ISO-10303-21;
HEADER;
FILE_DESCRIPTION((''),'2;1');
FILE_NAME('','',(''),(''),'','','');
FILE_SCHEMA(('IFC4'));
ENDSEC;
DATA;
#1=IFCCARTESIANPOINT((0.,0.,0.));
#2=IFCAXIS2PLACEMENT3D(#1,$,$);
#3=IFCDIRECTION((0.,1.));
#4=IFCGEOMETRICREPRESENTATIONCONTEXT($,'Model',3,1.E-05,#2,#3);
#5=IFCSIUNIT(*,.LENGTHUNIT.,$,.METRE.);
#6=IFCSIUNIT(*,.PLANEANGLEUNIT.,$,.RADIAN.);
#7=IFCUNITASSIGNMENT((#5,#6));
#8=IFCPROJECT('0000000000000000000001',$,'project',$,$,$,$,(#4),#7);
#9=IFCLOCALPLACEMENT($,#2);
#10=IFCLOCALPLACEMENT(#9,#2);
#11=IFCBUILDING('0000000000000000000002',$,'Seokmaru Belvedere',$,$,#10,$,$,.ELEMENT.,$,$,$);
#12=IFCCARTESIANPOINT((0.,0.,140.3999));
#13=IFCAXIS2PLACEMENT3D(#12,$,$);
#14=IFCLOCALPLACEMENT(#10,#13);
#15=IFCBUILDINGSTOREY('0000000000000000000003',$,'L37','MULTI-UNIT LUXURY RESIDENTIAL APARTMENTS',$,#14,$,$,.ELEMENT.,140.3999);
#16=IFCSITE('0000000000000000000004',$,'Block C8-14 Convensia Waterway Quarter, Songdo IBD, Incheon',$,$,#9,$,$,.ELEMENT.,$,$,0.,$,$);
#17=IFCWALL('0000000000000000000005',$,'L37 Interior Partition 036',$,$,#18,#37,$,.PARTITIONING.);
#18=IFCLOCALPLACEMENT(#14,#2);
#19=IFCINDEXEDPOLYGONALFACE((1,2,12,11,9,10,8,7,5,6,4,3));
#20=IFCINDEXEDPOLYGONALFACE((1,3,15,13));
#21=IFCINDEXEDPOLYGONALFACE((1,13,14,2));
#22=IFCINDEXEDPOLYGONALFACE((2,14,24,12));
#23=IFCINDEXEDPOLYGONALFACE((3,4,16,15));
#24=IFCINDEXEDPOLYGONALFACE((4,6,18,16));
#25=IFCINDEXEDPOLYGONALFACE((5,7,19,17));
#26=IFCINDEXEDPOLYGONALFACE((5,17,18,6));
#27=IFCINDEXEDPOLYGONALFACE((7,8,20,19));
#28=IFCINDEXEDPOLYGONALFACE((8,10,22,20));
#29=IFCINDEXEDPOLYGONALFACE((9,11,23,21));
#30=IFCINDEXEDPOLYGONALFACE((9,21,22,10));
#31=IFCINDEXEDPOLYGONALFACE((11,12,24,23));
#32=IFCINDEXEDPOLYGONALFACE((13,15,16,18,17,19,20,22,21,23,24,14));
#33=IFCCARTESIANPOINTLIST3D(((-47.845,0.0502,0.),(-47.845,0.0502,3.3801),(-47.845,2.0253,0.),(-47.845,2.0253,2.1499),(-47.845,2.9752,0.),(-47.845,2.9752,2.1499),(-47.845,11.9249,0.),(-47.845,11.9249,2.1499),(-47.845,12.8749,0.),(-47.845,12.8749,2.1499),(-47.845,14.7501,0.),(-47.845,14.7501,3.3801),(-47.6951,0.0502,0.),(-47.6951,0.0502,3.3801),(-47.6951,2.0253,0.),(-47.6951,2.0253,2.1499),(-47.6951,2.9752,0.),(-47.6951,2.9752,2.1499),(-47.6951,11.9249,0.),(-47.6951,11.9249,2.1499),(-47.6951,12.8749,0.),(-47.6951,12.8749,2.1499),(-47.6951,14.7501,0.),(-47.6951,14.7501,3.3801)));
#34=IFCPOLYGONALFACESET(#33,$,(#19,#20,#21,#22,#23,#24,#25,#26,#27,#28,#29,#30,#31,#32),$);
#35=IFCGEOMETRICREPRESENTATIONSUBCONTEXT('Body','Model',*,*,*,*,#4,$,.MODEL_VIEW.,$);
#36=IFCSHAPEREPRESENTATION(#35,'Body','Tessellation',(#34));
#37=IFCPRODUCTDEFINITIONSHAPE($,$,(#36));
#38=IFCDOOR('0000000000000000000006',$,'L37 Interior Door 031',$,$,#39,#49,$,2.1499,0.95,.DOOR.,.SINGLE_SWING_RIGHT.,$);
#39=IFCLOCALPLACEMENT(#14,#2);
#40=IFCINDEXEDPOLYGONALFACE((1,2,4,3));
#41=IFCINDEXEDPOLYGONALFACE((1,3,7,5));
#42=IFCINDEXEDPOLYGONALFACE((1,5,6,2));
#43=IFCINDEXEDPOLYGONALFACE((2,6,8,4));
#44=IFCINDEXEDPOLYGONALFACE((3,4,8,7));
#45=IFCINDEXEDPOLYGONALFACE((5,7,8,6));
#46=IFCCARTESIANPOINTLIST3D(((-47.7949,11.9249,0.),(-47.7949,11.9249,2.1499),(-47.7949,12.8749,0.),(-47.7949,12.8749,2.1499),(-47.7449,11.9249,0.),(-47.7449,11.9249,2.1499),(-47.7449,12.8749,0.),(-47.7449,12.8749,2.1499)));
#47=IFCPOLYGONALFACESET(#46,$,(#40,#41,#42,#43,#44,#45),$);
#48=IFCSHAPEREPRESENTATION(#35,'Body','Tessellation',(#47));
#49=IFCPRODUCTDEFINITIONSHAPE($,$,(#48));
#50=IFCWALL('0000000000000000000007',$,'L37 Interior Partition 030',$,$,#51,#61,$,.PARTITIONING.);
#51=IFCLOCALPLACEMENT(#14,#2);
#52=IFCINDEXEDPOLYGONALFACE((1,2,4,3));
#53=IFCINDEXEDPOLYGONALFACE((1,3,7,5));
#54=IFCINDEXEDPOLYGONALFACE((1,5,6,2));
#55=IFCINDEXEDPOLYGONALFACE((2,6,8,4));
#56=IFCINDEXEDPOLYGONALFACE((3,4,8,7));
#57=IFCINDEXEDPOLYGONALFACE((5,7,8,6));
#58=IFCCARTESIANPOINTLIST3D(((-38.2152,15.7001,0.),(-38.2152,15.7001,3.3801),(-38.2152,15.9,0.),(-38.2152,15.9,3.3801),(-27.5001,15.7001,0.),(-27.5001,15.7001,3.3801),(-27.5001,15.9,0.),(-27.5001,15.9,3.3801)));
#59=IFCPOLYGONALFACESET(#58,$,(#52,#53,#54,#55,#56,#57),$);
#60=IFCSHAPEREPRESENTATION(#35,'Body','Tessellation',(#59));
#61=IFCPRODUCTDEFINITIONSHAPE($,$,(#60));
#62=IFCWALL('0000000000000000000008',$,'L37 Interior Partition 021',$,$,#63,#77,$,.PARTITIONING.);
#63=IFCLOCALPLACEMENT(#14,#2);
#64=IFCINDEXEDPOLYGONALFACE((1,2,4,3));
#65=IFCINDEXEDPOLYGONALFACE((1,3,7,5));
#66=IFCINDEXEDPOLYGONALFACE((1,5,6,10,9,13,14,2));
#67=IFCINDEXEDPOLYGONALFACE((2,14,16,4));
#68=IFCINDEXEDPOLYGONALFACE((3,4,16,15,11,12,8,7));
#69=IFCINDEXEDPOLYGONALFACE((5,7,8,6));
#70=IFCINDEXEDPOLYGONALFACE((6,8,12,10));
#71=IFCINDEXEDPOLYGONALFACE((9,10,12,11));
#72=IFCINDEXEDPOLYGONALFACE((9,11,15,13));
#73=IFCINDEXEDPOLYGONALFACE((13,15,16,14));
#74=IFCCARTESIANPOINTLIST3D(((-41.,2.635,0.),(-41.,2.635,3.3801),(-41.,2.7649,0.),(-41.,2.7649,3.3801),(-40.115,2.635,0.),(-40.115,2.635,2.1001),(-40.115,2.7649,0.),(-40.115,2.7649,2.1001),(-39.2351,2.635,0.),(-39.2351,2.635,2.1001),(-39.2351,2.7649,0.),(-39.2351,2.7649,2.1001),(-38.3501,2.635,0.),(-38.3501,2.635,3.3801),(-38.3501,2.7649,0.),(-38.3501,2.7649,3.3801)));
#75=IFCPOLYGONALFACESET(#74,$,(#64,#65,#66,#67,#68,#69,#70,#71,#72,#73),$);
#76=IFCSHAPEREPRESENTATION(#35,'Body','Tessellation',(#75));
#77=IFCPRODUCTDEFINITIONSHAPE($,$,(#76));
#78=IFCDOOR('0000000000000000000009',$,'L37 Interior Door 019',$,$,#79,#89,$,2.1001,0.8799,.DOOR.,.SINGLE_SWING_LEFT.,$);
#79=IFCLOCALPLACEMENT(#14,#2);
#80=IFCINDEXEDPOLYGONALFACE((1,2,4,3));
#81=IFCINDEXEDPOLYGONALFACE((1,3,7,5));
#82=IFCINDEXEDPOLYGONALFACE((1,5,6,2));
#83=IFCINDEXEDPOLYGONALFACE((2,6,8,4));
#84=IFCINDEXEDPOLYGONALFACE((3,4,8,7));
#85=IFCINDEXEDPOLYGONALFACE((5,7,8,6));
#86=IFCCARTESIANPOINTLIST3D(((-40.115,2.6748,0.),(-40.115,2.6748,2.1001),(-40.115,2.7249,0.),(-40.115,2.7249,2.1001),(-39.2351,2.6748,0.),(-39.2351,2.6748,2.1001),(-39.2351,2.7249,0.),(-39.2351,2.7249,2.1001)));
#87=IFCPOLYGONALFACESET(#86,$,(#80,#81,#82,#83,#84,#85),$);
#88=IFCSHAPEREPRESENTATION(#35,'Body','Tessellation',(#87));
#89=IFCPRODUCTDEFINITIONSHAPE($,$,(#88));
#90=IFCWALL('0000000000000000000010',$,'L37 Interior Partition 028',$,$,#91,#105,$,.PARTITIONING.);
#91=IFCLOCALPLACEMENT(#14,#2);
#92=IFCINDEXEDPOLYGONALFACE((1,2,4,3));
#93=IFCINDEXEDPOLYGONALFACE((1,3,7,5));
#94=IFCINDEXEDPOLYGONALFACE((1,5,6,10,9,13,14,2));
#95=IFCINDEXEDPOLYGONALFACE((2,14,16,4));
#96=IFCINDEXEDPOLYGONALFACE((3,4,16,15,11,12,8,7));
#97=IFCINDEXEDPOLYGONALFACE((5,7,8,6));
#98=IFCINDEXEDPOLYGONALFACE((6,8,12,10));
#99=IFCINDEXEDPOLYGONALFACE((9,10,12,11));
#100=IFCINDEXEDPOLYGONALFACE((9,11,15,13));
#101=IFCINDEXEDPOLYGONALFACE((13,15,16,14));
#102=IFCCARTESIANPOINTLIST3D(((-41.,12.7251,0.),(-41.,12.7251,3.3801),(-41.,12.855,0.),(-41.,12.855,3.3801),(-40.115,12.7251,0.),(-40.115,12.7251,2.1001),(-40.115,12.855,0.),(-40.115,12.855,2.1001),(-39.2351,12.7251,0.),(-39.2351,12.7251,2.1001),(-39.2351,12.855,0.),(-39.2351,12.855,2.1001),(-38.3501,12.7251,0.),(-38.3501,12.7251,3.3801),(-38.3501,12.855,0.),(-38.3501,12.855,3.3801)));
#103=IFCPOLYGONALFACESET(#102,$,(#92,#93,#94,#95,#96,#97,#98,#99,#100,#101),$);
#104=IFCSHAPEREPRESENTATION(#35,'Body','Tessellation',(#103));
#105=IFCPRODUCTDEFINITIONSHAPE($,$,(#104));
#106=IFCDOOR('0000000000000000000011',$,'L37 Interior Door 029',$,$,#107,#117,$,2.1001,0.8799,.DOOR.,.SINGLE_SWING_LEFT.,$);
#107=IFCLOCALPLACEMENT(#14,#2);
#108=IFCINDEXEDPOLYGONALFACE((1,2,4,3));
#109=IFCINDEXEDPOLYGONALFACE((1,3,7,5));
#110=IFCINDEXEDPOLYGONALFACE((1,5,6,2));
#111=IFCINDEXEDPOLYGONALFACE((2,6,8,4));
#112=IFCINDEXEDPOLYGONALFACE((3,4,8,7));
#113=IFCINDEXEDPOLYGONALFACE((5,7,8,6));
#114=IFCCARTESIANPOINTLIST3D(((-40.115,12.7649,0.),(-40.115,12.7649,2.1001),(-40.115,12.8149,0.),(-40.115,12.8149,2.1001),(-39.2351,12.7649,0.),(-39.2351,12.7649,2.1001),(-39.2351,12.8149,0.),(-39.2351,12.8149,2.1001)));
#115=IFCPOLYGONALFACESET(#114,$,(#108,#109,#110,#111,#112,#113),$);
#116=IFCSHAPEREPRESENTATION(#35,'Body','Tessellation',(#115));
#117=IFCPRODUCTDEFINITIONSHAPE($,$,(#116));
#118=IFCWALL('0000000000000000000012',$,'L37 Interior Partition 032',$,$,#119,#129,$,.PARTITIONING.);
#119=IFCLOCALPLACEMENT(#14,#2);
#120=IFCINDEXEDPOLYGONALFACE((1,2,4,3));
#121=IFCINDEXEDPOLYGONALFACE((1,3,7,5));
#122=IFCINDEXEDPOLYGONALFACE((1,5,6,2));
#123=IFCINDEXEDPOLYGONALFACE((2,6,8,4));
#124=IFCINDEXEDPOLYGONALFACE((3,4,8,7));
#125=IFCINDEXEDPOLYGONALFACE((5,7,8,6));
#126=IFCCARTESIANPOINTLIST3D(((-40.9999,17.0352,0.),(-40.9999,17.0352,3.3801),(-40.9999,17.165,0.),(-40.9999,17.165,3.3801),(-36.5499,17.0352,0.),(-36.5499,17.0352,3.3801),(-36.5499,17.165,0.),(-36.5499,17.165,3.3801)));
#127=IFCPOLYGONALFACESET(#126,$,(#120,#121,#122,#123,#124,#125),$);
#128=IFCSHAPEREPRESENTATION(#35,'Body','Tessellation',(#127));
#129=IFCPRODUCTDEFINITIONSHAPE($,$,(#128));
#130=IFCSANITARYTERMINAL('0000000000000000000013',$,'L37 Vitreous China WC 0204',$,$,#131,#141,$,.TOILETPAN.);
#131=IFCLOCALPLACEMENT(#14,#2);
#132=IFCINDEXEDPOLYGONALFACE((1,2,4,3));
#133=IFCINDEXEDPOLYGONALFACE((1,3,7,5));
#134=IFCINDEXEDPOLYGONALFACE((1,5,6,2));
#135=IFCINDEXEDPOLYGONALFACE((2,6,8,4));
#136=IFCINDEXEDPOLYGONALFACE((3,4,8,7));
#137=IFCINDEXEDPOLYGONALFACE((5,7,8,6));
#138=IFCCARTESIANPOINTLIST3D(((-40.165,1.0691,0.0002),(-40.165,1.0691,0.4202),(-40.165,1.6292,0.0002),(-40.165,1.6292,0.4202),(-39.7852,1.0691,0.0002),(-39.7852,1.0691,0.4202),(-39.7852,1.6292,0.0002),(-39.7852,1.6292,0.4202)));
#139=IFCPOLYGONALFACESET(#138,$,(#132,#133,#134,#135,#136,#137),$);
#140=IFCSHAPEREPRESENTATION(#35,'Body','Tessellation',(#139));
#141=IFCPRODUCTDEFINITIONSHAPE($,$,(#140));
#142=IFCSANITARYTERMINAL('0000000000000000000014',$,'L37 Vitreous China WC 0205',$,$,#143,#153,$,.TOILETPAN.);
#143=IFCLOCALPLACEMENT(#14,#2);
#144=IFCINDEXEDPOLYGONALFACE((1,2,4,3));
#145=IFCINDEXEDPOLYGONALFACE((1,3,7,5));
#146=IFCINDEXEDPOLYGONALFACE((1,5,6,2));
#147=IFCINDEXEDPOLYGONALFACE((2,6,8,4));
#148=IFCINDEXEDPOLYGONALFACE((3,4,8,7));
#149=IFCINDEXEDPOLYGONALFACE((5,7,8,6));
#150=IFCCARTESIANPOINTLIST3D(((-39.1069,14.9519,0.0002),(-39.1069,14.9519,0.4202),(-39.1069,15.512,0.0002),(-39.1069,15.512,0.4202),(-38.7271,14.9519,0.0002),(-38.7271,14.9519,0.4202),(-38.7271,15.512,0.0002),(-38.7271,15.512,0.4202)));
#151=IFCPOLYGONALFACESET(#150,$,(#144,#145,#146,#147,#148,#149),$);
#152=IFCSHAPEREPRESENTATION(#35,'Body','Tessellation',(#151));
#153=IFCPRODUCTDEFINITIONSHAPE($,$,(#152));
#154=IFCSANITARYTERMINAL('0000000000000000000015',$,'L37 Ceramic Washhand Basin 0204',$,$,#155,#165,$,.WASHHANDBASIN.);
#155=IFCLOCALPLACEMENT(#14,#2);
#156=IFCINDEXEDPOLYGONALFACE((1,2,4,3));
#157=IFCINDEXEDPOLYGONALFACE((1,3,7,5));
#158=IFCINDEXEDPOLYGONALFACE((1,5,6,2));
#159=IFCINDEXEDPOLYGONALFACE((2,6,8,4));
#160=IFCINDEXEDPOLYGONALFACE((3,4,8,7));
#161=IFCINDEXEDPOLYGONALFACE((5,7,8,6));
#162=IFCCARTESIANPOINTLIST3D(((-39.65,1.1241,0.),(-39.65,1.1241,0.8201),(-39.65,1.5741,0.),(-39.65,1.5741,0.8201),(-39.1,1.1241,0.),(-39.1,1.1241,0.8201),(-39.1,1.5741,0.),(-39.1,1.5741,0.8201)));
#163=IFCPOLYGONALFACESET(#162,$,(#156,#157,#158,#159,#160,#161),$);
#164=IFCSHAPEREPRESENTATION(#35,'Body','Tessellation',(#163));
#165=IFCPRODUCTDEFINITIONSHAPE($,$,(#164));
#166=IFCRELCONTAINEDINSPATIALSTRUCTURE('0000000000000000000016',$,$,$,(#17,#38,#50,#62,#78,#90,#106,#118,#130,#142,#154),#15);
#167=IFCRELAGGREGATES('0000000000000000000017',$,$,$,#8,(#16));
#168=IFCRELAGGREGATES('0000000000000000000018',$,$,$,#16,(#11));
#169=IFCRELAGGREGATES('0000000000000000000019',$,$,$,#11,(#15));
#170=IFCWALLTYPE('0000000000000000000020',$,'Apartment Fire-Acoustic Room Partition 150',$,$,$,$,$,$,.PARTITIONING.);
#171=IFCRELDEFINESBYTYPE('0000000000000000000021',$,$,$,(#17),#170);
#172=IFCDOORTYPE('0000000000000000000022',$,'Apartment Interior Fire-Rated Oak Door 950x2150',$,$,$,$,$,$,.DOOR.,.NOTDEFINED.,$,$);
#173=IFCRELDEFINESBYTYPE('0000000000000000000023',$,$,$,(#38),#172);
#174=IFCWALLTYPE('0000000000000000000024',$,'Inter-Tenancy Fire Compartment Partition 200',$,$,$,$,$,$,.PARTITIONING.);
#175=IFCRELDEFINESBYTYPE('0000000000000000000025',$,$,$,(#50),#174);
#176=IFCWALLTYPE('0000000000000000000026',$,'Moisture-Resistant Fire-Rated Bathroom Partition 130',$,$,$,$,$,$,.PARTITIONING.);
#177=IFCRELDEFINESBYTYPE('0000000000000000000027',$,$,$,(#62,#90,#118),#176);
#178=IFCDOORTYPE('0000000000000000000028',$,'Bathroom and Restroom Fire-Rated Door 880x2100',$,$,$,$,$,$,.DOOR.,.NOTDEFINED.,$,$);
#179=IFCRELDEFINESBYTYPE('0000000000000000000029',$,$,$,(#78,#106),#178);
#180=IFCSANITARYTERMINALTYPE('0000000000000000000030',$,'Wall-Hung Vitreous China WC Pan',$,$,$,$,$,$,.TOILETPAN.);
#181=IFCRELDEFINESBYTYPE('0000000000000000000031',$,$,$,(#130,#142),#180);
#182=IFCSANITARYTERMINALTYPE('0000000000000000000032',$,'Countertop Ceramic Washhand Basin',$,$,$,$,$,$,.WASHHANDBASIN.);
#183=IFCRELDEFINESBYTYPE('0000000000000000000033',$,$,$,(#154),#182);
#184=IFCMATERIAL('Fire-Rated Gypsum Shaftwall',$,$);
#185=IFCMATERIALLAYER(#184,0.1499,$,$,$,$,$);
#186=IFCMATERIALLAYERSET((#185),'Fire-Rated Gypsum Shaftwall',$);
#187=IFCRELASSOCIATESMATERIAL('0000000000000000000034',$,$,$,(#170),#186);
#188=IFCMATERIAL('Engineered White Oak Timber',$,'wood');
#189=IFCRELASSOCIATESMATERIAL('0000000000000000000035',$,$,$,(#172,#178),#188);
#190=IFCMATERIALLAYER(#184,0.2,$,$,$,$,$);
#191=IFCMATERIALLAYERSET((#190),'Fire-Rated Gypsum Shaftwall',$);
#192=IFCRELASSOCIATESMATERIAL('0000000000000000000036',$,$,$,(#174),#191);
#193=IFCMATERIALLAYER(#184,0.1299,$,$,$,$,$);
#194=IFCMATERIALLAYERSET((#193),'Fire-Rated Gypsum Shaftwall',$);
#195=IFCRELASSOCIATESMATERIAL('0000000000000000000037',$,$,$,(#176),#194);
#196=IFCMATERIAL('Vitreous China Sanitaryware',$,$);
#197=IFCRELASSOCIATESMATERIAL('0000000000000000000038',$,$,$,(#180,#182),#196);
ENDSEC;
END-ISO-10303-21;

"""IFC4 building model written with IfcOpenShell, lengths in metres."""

from ifc_helpers import new_model, si_unit, direction, frame, frame_2d, origin, origin_2d, place, context, subcontext, project, spatial, rectangle, extrude, source, transform, mapped, material, layer, layer_set, type_object, type_shapes, element, fill, save


model = new_model("IFC4")

# Units and contexts
model_context = context("Model", 3, precision=1e-05, world=origin(), true_north=direction((0.0, 1.0)))
body_context = subcontext(model_context, "Body", "Model", "MODEL_VIEW")
ifc_project = project(units=[si_unit("LENGTHUNIT", "METRE"), si_unit("PLANEANGLEUNIT", "RADIAN")], contexts=[model_context])

# Site, building, storey
site_placement = place(None, origin())
site = spatial("IfcSite", under=ifc_project, at=site_placement, Name="Block C8-14 Convensia Waterway Quarter, Songdo IBD, Incheon", CompositionType="ELEMENT", RefElevation=0.0)
building_placement = place(site_placement, origin())
building = spatial("IfcBuilding", under=site, at=building_placement, Name="Seokmaru Belvedere", CompositionType="ELEMENT")
storey_placement = place(building_placement, frame((0.0, 0.0, 140.3999)))
storey = spatial("IfcBuildingStorey", under=building, at=storey_placement, Name="L37", Description="MULTI-UNIT LUXURY RESIDENTIAL APARTMENTS", CompositionType="ELEMENT", Elevation=140.3999)

# Shared definitions
ifc_material_1 = material(Name="Fire-Rated Gypsum Shaftwall")
ifc_layer_1 = layer(ifc_material_1, 0.1499)
ifc_layer_set_1 = layer_set([ifc_layer_1], Name="Fire-Rated Gypsum Shaftwall")
wall_type_1 = type_object("IfcWallType", Name="Apartment Fire-Acoustic Room Partition 150", PredefinedType="PARTITIONING", material=ifc_layer_set_1)

# Wall, openings, door
wall_1_placement = place(storey_placement, frame((-47.77, 0.05, 0.0), z_axis=(0.0, 0.0, 1.0), x_axis=(0.0, 1.0, 0.0)))
wall_1 = element("IfcWall", 1, at=wall_1_placement, inside=storey, type_object=wall_type_1, Name="L37 Interior Partition 036", PredefinedType="PARTITIONING", context=body_context, shape_type="SweptSolid", body=[
    extrude(rectangle(XDim=14.7, YDim=0.1499, at=frame_2d((7.3501, 0.0))), origin(), (0.0, 0.0, 1.0), 3.3801),
])
opening_1_placement = place(wall_1_placement, frame((1.9751, 0.0, 0.0)))
element("IfcOpeningElement", 2, at=opening_1_placement, cuts=wall_1, PredefinedType="OPENING", context=body_context, shape_type="SweptSolid", body=[
    extrude(rectangle(XDim=0.95, YDim=2.1499, at=frame_2d((0.4751, 1.075))), frame((0.0, 0.085, 0.0), z_axis=(0.0, -1.0, 0.0), x_axis=(1.0, 0.0, 0.0)), (0.0, 0.0, 1.0), 0.1699),
])
opening_2_placement = place(wall_1_placement, frame((11.8748, 0.0, 0.0)))
opening_2 = element("IfcOpeningElement", 3, at=opening_2_placement, cuts=wall_1, PredefinedType="OPENING", context=body_context, shape_type="SweptSolid", body=[
    extrude(rectangle(XDim=0.95, YDim=2.1499, at=frame_2d((0.4751, 1.075))), frame((0.0, 0.085, 0.0), z_axis=(0.0, -1.0, 0.0), x_axis=(1.0, 0.0, 0.0)), (0.0, 0.0, 1.0), 0.1699),
])
ifc_material_2 = material(Name="Engineered White Oak Timber", Category="wood")
door_type_1 = type_object("IfcDoorType", Name="Apartment Interior Fire-Rated Oak Door 950x2150", OperationType="NOTDEFINED", PredefinedType="DOOR", material=ifc_material_2)
shared_shape_1 = source(origin(), body_context, "Body", "SweptSolid", [
    extrude(rectangle(XDim=0.95, YDim=2.1499, at=frame_2d((0.4751, 1.075))), frame((0.0, 0.0249, 0.0), z_axis=(0.0, -1.0, 0.0), x_axis=(1.0, 0.0, 0.0)), (0.0, 0.0, 1.0), 0.05),
])
type_shapes(door_type_1, [shared_shape_1])
door_1_placement = place(opening_2_placement, origin())
door_1 = element("IfcDoor", 4, at=door_1_placement, inside=storey, type_object=door_type_1, Name="L37 Interior Door 031", OperationType="SINGLE_SWING_RIGHT", OverallHeight=2.1499, OverallWidth=0.95, PredefinedType="DOOR", context=body_context, shape_type="MappedRepresentation", body=[
    mapped(shared_shape_1, transform((0.0, 0.0, 0.0), scale=1.0)),
])
fill(opening_2, door_1)

# Wall
ifc_layer_2 = layer(ifc_material_1, 0.2)
ifc_layer_set_2 = layer_set([ifc_layer_2], Name="Fire-Rated Gypsum Shaftwall")
wall_type_2 = type_object("IfcWallType", Name="Inter-Tenancy Fire Compartment Partition 200", PredefinedType="PARTITIONING", material=ifc_layer_set_2)
wall_2_placement = place(storey_placement, frame((-38.2151, 15.8, 0.0), z_axis=(0.0, 0.0, 1.0), x_axis=(1.0, 0.0, 0.0)))
element("IfcWall", 5, at=wall_2_placement, inside=storey, type_object=wall_type_2, Name="L37 Interior Partition 030", PredefinedType="PARTITIONING", context=body_context, shape_type="SweptSolid", body=[
    extrude(rectangle(XDim=10.7151, YDim=0.2, at=frame_2d((5.3574, 0.0))), origin(), (0.0, 0.0, 1.0), 3.3801),
])

# Walls, openings, doors
ifc_layer_3 = layer(ifc_material_1, 0.1299)
ifc_layer_set_3 = layer_set([ifc_layer_3], Name="Fire-Rated Gypsum Shaftwall")
wall_type_3 = type_object("IfcWallType", Name="Moisture-Resistant Fire-Rated Bathroom Partition 130", PredefinedType="PARTITIONING", material=ifc_layer_set_3)
wall_3_placement = place(storey_placement, frame((-41.0, 2.7, 0.0), z_axis=(0.0, 0.0, 1.0), x_axis=(1.0, 0.0, 0.0)))
wall_3 = element("IfcWall", 6, at=wall_3_placement, inside=storey, type_object=wall_type_3, Name="L37 Interior Partition 021", PredefinedType="PARTITIONING", context=body_context, shape_type="SweptSolid", body=[
    extrude(rectangle(XDim=2.6499, YDim=0.1299, at=frame_2d((1.325, 0.0))), origin(), (0.0, 0.0, 1.0), 3.3801),
])
opening_3_placement = place(wall_3_placement, frame((0.885, 0.0, 0.0)))
opening_3 = element("IfcOpeningElement", 7, at=opening_3_placement, cuts=wall_3, PredefinedType="OPENING", context=body_context, shape_type="SweptSolid", body=[
    extrude(rectangle(XDim=0.8799, YDim=2.1001, at=frame_2d((0.4399, 1.05))), frame((0.0, 0.075, 0.0), z_axis=(0.0, -1.0, 0.0), x_axis=(1.0, 0.0, 0.0)), (0.0, 0.0, 1.0), 0.1499),
])
door_type_2 = type_object("IfcDoorType", Name="Bathroom and Restroom Fire-Rated Door 880x2100", OperationType="NOTDEFINED", PredefinedType="DOOR", material=ifc_material_2)
shared_shape_2 = source(origin(), body_context, "Body", "SweptSolid", [
    extrude(rectangle(XDim=0.8799, YDim=2.1001, at=frame_2d((0.4399, 1.05))), frame((0.0, 0.0249, 0.0), z_axis=(0.0, -1.0, 0.0), x_axis=(1.0, 0.0, 0.0)), (0.0, 0.0, 1.0), 0.05),
])
type_shapes(door_type_2, [shared_shape_2])
door_2_placement = place(opening_3_placement, origin())
door_2 = element("IfcDoor", 8, at=door_2_placement, inside=storey, type_object=door_type_2, Name="L37 Interior Door 019", OperationType="SINGLE_SWING_LEFT", OverallHeight=2.1001, OverallWidth=0.8799, PredefinedType="DOOR", context=body_context, shape_type="MappedRepresentation", body=[
    mapped(shared_shape_2, transform((0.0, 0.0, 0.0), scale=1.0)),
])
fill(opening_3, door_2)
wall_4_placement = place(storey_placement, frame((-41.0, 12.79, 0.0), z_axis=(0.0, 0.0, 1.0), x_axis=(1.0, 0.0, 0.0)))
wall_4 = element("IfcWall", 9, at=wall_4_placement, inside=storey, type_object=wall_type_3, Name="L37 Interior Partition 028", PredefinedType="PARTITIONING", context=body_context, shape_type="SweptSolid", body=[
    extrude(rectangle(XDim=2.6499, YDim=0.1299, at=frame_2d((1.325, 0.0))), origin(), (0.0, 0.0, 1.0), 3.3801),
])
opening_4_placement = place(wall_4_placement, frame((0.885, 0.0, 0.0)))
opening_4 = element("IfcOpeningElement", 10, at=opening_4_placement, cuts=wall_4, PredefinedType="OPENING", context=body_context, shape_type="SweptSolid", body=[
    extrude(rectangle(XDim=0.8799, YDim=2.1001, at=frame_2d((0.4399, 1.05))), frame((0.0, 0.075, 0.0), z_axis=(0.0, -1.0, 0.0), x_axis=(1.0, 0.0, 0.0)), (0.0, 0.0, 1.0), 0.1499),
])
door_3_placement = place(opening_4_placement, origin())
door_3 = element("IfcDoor", 11, at=door_3_placement, inside=storey, type_object=door_type_2, Name="L37 Interior Door 029", OperationType="SINGLE_SWING_LEFT", OverallHeight=2.1001, OverallWidth=0.8799, PredefinedType="DOOR", context=body_context, shape_type="MappedRepresentation", body=[
    mapped(shared_shape_2, transform((0.0, 0.0, 0.0), scale=1.0)),
])
fill(opening_4, door_3)

# Wall
wall_5_placement = place(storey_placement, frame((-41.0, 17.1001, 0.0), z_axis=(0.0, 0.0, 1.0), x_axis=(1.0, 0.0, 0.0)))
element("IfcWall", 12, at=wall_5_placement, inside=storey, type_object=wall_type_3, Name="L37 Interior Partition 032", PredefinedType="PARTITIONING", context=body_context, shape_type="SweptSolid", body=[
    extrude(rectangle(XDim=4.45, YDim=0.1299, at=frame_2d((2.2251, 0.0))), origin(), (0.0, 0.0, 1.0), 3.3801),
])

# Sanitary terminals
ifc_material_3 = material(Name="Vitreous China Sanitaryware")
sanitary_terminal_type_1 = type_object("IfcSanitaryTerminalType", Name="Wall-Hung Vitreous China WC Pan", PredefinedType="TOILETPAN", material=ifc_material_3)
shared_shape_3 = source(origin(), body_context, "Body", "SweptSolid", [
    extrude(rectangle(XDim=0.3799, YDim=0.5601, at=origin_2d()), origin(), (0.0, 0.0, 1.0), 0.4199),
])
type_shapes(sanitary_terminal_type_1, [shared_shape_3])
for number, where, z_axis, x_axis, name in (
    (13, (-39.9751, 1.3491, 0.0002), (0.0, 0.0, 1.0), (1.0, 0.0, 0.0), "L37 Vitreous China WC 0204"),
    (14, (-38.917, 15.2319, 0.0002), (0.0, 0.0, 1.0), (1.0, 0.0, 0.0), "L37 Vitreous China WC 0205"),
):
    element("IfcSanitaryTerminal", number, at=place(storey_placement, frame(where, z_axis=z_axis, x_axis=x_axis)), inside=storey, type_object=sanitary_terminal_type_1, Name=name, PredefinedType="TOILETPAN", context=body_context, shape_type="MappedRepresentation", body=[
        mapped(shared_shape_3, transform((0.0, 0.0, 0.0), scale=1.0)),
    ])
sanitary_terminal_type_2 = type_object("IfcSanitaryTerminalType", Name="Countertop Ceramic Washhand Basin", PredefinedType="WASHHANDBASIN", material=ifc_material_3)
shared_shape_4 = source(origin(), body_context, "Body", "SweptSolid", [
    extrude(rectangle(XDim=0.55, YDim=0.45, at=origin_2d()), origin(), (0.0, 0.0, 1.0), 0.8201),
])
type_shapes(sanitary_terminal_type_2, [shared_shape_4])
for number, where, z_axis, x_axis, name in (
    (15, (-39.375, 1.3491, 0.0), (0.0, 0.0, 1.0), (1.0, 0.0, 0.0), "L37 Ceramic Washhand Basin 0204"),
):
    element("IfcSanitaryTerminal", number, at=place(storey_placement, frame(where, z_axis=z_axis, x_axis=x_axis)), inside=storey, type_object=sanitary_terminal_type_2, Name=name, PredefinedType="WASHHANDBASIN", context=body_context, shape_type="MappedRepresentation", body=[
        mapped(shared_shape_4, transform((0.0, 0.0, 0.0), scale=1.0)),
    ])

save(model, "model.ifc")
